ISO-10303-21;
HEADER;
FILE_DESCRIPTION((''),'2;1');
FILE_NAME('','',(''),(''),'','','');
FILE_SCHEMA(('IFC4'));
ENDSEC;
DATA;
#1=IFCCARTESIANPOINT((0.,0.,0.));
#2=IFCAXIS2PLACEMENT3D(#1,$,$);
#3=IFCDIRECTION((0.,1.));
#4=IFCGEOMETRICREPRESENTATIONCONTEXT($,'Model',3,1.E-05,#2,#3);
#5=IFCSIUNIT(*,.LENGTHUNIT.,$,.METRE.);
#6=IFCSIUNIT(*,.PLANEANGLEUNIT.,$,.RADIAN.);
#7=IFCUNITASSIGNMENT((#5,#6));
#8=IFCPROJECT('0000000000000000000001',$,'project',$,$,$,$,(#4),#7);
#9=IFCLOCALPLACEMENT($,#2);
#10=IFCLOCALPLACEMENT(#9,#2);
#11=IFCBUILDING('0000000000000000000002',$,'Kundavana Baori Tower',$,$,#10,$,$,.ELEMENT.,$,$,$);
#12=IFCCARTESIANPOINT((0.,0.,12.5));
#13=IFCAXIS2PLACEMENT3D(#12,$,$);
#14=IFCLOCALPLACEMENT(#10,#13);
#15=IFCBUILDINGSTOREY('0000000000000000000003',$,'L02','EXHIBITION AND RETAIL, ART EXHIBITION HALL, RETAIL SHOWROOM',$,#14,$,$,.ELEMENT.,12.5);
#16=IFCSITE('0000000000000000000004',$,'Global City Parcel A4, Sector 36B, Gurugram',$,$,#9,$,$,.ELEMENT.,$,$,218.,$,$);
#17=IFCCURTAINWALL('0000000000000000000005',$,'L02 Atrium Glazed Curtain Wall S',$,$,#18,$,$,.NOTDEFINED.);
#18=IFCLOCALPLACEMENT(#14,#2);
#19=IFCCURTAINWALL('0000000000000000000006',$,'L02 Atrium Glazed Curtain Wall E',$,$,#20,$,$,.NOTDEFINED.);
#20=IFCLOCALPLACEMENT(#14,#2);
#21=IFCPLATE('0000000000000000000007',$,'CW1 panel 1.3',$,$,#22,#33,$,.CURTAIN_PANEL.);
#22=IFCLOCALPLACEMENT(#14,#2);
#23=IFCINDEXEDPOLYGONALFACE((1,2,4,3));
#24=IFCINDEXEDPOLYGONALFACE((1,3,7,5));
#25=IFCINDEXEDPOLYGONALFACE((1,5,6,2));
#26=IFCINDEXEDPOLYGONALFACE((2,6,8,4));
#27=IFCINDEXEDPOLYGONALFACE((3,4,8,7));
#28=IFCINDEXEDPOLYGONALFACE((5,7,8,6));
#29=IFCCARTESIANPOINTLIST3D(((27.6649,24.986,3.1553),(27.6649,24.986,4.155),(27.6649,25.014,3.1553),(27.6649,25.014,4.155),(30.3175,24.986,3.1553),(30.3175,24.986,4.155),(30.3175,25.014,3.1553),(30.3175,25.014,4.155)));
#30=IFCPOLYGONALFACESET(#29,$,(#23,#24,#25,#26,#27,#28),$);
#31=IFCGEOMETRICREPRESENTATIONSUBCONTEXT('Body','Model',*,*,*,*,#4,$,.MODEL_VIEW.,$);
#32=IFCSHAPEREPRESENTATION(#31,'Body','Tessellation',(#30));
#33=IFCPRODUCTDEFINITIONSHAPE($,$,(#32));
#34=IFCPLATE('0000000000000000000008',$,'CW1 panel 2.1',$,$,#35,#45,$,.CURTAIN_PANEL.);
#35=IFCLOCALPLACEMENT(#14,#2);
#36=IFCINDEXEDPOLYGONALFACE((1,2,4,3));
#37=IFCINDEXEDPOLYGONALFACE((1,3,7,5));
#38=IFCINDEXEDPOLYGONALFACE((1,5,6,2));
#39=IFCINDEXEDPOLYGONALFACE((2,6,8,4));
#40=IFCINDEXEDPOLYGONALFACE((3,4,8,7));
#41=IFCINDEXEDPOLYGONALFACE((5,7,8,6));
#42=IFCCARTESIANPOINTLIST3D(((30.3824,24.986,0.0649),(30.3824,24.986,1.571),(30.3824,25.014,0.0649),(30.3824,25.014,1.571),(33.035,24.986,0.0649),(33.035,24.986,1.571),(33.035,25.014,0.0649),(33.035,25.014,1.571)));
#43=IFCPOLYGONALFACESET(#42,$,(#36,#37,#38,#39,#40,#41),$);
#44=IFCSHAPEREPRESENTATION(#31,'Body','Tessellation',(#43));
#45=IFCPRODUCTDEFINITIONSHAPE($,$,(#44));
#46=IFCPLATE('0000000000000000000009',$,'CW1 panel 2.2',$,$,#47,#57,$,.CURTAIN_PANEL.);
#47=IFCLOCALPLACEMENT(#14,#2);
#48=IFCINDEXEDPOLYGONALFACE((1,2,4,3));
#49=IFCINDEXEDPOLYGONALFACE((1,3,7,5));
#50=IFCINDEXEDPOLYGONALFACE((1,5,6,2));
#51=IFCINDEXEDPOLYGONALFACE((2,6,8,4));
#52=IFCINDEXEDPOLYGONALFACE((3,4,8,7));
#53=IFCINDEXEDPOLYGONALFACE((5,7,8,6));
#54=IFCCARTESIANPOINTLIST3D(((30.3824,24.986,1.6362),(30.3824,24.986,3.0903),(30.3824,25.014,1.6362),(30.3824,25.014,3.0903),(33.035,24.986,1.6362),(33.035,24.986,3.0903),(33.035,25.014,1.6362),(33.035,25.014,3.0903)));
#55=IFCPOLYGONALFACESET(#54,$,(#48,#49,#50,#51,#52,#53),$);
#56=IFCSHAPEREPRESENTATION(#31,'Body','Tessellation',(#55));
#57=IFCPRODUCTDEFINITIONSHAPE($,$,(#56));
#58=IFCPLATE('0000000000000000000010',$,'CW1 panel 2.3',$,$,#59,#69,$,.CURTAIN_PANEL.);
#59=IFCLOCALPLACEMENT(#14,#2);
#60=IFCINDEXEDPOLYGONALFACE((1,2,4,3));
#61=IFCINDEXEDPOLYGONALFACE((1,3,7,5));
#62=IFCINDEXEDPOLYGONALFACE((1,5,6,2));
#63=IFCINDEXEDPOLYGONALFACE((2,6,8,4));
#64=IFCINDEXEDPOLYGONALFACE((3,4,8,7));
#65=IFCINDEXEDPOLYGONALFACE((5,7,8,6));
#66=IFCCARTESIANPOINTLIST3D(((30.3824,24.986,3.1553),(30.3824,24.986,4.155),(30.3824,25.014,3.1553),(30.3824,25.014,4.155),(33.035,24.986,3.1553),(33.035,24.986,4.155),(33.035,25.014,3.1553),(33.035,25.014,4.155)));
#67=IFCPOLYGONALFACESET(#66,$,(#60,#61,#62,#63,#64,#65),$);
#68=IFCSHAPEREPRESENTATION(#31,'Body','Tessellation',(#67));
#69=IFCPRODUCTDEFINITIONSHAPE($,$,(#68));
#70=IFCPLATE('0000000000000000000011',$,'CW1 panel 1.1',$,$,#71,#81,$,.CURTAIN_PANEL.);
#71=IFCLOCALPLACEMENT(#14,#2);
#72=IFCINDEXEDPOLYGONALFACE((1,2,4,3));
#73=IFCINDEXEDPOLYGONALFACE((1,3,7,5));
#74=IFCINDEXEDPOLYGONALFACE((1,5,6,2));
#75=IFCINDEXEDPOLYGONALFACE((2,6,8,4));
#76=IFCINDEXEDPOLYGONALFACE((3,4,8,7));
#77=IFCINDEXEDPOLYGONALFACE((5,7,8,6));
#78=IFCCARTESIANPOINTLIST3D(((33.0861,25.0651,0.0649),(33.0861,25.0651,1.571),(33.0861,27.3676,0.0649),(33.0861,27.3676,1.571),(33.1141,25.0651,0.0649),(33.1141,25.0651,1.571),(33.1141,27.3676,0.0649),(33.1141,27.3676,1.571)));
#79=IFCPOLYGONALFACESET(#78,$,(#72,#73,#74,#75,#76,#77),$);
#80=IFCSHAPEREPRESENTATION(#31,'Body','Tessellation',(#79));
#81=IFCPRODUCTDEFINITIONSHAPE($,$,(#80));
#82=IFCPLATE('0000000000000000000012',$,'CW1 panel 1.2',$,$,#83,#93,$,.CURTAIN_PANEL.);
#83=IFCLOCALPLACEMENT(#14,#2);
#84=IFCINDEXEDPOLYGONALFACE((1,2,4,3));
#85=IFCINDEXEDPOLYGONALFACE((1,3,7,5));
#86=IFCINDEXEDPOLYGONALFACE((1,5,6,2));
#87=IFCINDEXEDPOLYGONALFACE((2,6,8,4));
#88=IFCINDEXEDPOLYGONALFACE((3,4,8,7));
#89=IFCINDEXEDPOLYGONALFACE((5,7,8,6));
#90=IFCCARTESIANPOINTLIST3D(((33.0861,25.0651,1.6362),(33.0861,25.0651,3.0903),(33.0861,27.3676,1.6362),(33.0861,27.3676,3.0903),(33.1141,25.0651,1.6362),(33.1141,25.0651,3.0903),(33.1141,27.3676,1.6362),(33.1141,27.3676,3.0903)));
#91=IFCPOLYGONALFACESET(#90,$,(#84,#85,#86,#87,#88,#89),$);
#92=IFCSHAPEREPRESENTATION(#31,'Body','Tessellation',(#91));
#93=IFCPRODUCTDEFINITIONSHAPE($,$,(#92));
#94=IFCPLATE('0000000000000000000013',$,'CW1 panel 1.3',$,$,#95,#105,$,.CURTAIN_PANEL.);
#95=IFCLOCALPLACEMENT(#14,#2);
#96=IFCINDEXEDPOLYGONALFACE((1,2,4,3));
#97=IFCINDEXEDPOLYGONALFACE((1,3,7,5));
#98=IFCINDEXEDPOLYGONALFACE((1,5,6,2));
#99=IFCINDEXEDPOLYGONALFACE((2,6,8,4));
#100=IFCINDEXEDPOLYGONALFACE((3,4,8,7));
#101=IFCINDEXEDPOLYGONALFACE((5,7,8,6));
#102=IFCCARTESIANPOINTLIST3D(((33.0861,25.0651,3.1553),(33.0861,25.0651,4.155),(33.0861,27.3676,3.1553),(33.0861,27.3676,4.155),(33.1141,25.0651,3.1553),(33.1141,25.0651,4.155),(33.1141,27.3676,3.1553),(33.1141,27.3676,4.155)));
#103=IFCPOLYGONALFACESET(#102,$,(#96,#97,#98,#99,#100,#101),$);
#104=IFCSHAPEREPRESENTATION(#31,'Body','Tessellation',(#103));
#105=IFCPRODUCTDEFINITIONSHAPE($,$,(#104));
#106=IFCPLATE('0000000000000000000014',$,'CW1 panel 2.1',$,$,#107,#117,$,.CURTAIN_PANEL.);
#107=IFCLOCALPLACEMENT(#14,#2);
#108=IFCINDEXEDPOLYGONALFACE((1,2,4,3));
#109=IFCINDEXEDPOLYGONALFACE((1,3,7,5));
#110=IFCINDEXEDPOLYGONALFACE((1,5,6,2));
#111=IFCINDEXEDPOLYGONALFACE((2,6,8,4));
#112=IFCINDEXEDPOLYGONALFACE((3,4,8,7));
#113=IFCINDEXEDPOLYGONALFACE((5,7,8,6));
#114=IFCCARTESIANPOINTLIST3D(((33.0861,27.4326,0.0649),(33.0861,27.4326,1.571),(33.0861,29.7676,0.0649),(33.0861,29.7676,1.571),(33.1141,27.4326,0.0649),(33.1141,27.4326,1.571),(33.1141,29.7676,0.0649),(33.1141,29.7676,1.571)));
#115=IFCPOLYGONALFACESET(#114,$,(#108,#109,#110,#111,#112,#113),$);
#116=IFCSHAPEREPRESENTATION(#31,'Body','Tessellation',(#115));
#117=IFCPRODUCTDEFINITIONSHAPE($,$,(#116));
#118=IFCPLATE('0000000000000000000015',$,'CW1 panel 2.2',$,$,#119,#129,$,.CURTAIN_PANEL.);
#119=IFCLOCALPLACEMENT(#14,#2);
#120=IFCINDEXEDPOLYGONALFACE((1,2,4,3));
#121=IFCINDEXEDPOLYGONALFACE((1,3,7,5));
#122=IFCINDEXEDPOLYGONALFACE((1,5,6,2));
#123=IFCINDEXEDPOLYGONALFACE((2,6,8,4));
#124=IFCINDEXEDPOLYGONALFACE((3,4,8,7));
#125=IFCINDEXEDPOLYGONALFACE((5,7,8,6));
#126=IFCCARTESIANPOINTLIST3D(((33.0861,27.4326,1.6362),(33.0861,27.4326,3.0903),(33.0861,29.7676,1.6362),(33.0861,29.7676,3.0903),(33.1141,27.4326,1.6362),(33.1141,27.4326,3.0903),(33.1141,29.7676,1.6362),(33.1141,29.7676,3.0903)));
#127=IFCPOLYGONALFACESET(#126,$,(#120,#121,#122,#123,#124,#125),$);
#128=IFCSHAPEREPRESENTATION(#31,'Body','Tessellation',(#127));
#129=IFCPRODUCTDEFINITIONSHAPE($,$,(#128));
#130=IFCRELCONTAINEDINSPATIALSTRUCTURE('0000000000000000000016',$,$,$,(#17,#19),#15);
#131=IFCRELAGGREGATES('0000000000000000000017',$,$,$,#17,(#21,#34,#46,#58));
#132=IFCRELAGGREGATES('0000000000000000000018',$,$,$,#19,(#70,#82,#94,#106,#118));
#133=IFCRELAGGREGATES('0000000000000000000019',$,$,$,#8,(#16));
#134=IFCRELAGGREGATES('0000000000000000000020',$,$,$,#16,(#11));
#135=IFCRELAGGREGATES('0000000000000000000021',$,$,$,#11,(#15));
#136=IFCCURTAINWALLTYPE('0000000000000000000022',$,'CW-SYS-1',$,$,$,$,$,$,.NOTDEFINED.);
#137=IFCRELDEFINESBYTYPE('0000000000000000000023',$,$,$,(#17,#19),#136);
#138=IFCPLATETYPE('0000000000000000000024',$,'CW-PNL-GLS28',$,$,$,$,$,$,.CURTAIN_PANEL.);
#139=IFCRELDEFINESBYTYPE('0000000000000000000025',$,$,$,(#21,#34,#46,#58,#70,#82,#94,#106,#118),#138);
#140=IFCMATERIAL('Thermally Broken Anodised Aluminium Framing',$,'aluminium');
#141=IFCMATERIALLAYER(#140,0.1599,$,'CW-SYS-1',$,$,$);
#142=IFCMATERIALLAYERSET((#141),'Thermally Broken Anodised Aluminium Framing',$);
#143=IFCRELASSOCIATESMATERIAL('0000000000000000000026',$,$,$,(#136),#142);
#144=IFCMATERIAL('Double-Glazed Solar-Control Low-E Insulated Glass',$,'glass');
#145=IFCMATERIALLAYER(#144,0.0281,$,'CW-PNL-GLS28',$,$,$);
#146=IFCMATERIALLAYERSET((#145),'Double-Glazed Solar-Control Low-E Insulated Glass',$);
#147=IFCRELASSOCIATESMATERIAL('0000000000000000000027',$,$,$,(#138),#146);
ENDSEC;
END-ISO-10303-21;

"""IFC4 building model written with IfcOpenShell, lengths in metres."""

from ifc_helpers import new_model, si_unit, direction, frame, origin, origin_2d, place, context, subcontext, project, spatial, rectangle, extrude, material, layer, layer_set, type_object, element, aggregate, save


model = new_model("IFC4")

# Units and contexts
model_context = context("Model", 3, precision=1e-05, world=origin(), true_north=direction((0.0, 1.0)))
body_context = subcontext(model_context, "Body", "Model", "MODEL_VIEW")
ifc_project = project(units=[si_unit("LENGTHUNIT", "METRE"), si_unit("PLANEANGLEUNIT", "RADIAN")], contexts=[model_context])

# Site, building, storey
site_placement = place(None, origin())
site = spatial("IfcSite", under=ifc_project, at=site_placement, Name="Global City Parcel A4, Sector 36B, Gurugram", CompositionType="ELEMENT", RefElevation=218.0)
building_placement = place(site_placement, origin())
building = spatial("IfcBuilding", under=site, at=building_placement, Name="Kundavana Baori Tower", CompositionType="ELEMENT")
storey_placement = place(building_placement, frame((0.0, 0.0, 12.5)))
storey = spatial("IfcBuildingStorey", under=building, at=storey_placement, Name="L02", Description="EXHIBITION AND RETAIL, ART EXHIBITION HALL, RETAIL SHOWROOM", CompositionType="ELEMENT", Elevation=12.5)

# Curtain walls
ifc_material_1 = material(Name="Thermally Broken Anodised Aluminium Framing", Category="aluminium")
ifc_layer_1 = layer(ifc_material_1, 0.1599, Name="CW-SYS-1")
ifc_layer_set_1 = layer_set([ifc_layer_1], Name="Thermally Broken Anodised Aluminium Framing")
curtain_wall_type = type_object("IfcCurtainWallType", Name="CW-SYS-1", PredefinedType="NOTDEFINED", material=ifc_layer_set_1)
curtain_wall_1_placement = place(storey_placement, origin())
curtain_wall_1 = element("IfcCurtainWall", 1, at=curtain_wall_1_placement, inside=storey, type_object=curtain_wall_type, Name="L02 Atrium Glazed Curtain Wall S", PredefinedType="NOTDEFINED")
curtain_wall_2_placement = place(storey_placement, origin())
curtain_wall_2 = element("IfcCurtainWall", 2, at=curtain_wall_2_placement, inside=storey, type_object=curtain_wall_type, Name="L02 Atrium Glazed Curtain Wall E", PredefinedType="NOTDEFINED")

# Plates
ifc_material_2 = material(Name="Double-Glazed Solar-Control Low-E Insulated Glass", Category="glass")
ifc_layer_2 = layer(ifc_material_2, 0.0281, Name="CW-PNL-GLS28")
ifc_layer_set_2 = layer_set([ifc_layer_2], Name="Double-Glazed Solar-Control Low-E Insulated Glass")
plate_type = type_object("IfcPlateType", Name="CW-PNL-GLS28", PredefinedType="CURTAIN_PANEL", material=ifc_layer_set_2)
plate_1_placement = place(storey_placement, frame((28.9912, 25.0, 3.1553), z_axis=(0.0, 0.0, 1.0), x_axis=(1.0, 0.0, 0.0)))
plate_1 = element("IfcPlate", 3, at=plate_1_placement, type_object=plate_type, Name="CW1 panel 1.3", PredefinedType="CURTAIN_PANEL", context=body_context, shape_type="SweptSolid", body=[
    extrude(rectangle(XDim=2.6526, YDim=0.0281, at=origin_2d()), origin(), (0.0, 0.0, 1.0), 0.9998),
])
plate_2_placement = place(storey_placement, frame((31.7087, 25.0, 0.0649), z_axis=(0.0, 0.0, 1.0), x_axis=(1.0, 0.0, 0.0)))
plate_2 = element("IfcPlate", 4, at=plate_2_placement, type_object=plate_type, Name="CW1 panel 2.1", PredefinedType="CURTAIN_PANEL", context=body_context, shape_type="SweptSolid", body=[
    extrude(rectangle(XDim=2.6526, YDim=0.0281, at=origin_2d()), origin(), (0.0, 0.0, 1.0), 1.5061),
])
plate_3_placement = place(storey_placement, frame((31.7087, 25.0, 1.6362), z_axis=(0.0, 0.0, 1.0), x_axis=(1.0, 0.0, 0.0)))
plate_3 = element("IfcPlate", 5, at=plate_3_placement, type_object=plate_type, Name="CW1 panel 2.2", PredefinedType="CURTAIN_PANEL", context=body_context, shape_type="SweptSolid", body=[
    extrude(rectangle(XDim=2.6526, YDim=0.0281, at=origin_2d()), origin(), (0.0, 0.0, 1.0), 1.4541),
])
plate_4_placement = place(storey_placement, frame((31.7087, 25.0, 3.1553), z_axis=(0.0, 0.0, 1.0), x_axis=(1.0, 0.0, 0.0)))
plate_4 = element("IfcPlate", 6, at=plate_4_placement, type_object=plate_type, Name="CW1 panel 2.3", PredefinedType="CURTAIN_PANEL", context=body_context, shape_type="SweptSolid", body=[
    extrude(rectangle(XDim=2.6526, YDim=0.0281, at=origin_2d()), origin(), (0.0, 0.0, 1.0), 0.9998),
])
aggregate(curtain_wall_1, [plate_1, plate_2, plate_3, plate_4])
plate_5_placement = place(storey_placement, frame((33.1001, 26.2163, 0.0649), z_axis=(0.0, 0.0, 1.0), x_axis=(0.0, 1.0, 0.0)))
plate_5 = element("IfcPlate", 7, at=plate_5_placement, type_object=plate_type, Name="CW1 panel 1.1", PredefinedType="CURTAIN_PANEL", context=body_context, shape_type="SweptSolid", body=[
    extrude(rectangle(XDim=2.3025, YDim=0.0281, at=origin_2d()), origin(), (0.0, 0.0, 1.0), 1.5061),
])
plate_6_placement = place(storey_placement, frame((33.1001, 26.2163, 1.6362), z_axis=(0.0, 0.0, 1.0), x_axis=(0.0, 1.0, 0.0)))
plate_6 = element("IfcPlate", 8, at=plate_6_placement, type_object=plate_type, Name="CW1 panel 1.2", PredefinedType="CURTAIN_PANEL", context=body_context, shape_type="SweptSolid", body=[
    extrude(rectangle(XDim=2.3025, YDim=0.0281, at=origin_2d()), origin(), (0.0, 0.0, 1.0), 1.4541),
])
plate_7_placement = place(storey_placement, frame((33.1001, 26.2163, 3.1553), z_axis=(0.0, 0.0, 1.0), x_axis=(0.0, 1.0, 0.0)))
plate_7 = element("IfcPlate", 9, at=plate_7_placement, type_object=plate_type, Name="CW1 panel 1.3", PredefinedType="CURTAIN_PANEL", context=body_context, shape_type="SweptSolid", body=[
    extrude(rectangle(XDim=2.3025, YDim=0.0281, at=origin_2d()), origin(), (0.0, 0.0, 1.0), 0.9998),
])
plate_8_placement = place(storey_placement, frame((33.1001, 28.6001, 0.0649), z_axis=(0.0, 0.0, 1.0), x_axis=(0.0, 1.0, 0.0)))
plate_8 = element("IfcPlate", 10, at=plate_8_placement, type_object=plate_type, Name="CW1 panel 2.1", PredefinedType="CURTAIN_PANEL", context=body_context, shape_type="SweptSolid", body=[
    extrude(rectangle(XDim=2.335, YDim=0.0281, at=origin_2d()), origin(), (0.0, 0.0, 1.0), 1.5061),
])
plate_9_placement = place(storey_placement, frame((33.1001, 28.6001, 1.6362), z_axis=(0.0, 0.0, 1.0), x_axis=(0.0, 1.0, 0.0)))
plate_9 = element("IfcPlate", 11, at=plate_9_placement, type_object=plate_type, Name="CW1 panel 2.2", PredefinedType="CURTAIN_PANEL", context=body_context, shape_type="SweptSolid", body=[
    extrude(rectangle(XDim=2.335, YDim=0.0281, at=origin_2d()), origin(), (0.0, 0.0, 1.0), 1.4541),
])
aggregate(curtain_wall_2, [plate_5, plate_6, plate_7, plate_8, plate_9])

save(model, "model.ifc")
